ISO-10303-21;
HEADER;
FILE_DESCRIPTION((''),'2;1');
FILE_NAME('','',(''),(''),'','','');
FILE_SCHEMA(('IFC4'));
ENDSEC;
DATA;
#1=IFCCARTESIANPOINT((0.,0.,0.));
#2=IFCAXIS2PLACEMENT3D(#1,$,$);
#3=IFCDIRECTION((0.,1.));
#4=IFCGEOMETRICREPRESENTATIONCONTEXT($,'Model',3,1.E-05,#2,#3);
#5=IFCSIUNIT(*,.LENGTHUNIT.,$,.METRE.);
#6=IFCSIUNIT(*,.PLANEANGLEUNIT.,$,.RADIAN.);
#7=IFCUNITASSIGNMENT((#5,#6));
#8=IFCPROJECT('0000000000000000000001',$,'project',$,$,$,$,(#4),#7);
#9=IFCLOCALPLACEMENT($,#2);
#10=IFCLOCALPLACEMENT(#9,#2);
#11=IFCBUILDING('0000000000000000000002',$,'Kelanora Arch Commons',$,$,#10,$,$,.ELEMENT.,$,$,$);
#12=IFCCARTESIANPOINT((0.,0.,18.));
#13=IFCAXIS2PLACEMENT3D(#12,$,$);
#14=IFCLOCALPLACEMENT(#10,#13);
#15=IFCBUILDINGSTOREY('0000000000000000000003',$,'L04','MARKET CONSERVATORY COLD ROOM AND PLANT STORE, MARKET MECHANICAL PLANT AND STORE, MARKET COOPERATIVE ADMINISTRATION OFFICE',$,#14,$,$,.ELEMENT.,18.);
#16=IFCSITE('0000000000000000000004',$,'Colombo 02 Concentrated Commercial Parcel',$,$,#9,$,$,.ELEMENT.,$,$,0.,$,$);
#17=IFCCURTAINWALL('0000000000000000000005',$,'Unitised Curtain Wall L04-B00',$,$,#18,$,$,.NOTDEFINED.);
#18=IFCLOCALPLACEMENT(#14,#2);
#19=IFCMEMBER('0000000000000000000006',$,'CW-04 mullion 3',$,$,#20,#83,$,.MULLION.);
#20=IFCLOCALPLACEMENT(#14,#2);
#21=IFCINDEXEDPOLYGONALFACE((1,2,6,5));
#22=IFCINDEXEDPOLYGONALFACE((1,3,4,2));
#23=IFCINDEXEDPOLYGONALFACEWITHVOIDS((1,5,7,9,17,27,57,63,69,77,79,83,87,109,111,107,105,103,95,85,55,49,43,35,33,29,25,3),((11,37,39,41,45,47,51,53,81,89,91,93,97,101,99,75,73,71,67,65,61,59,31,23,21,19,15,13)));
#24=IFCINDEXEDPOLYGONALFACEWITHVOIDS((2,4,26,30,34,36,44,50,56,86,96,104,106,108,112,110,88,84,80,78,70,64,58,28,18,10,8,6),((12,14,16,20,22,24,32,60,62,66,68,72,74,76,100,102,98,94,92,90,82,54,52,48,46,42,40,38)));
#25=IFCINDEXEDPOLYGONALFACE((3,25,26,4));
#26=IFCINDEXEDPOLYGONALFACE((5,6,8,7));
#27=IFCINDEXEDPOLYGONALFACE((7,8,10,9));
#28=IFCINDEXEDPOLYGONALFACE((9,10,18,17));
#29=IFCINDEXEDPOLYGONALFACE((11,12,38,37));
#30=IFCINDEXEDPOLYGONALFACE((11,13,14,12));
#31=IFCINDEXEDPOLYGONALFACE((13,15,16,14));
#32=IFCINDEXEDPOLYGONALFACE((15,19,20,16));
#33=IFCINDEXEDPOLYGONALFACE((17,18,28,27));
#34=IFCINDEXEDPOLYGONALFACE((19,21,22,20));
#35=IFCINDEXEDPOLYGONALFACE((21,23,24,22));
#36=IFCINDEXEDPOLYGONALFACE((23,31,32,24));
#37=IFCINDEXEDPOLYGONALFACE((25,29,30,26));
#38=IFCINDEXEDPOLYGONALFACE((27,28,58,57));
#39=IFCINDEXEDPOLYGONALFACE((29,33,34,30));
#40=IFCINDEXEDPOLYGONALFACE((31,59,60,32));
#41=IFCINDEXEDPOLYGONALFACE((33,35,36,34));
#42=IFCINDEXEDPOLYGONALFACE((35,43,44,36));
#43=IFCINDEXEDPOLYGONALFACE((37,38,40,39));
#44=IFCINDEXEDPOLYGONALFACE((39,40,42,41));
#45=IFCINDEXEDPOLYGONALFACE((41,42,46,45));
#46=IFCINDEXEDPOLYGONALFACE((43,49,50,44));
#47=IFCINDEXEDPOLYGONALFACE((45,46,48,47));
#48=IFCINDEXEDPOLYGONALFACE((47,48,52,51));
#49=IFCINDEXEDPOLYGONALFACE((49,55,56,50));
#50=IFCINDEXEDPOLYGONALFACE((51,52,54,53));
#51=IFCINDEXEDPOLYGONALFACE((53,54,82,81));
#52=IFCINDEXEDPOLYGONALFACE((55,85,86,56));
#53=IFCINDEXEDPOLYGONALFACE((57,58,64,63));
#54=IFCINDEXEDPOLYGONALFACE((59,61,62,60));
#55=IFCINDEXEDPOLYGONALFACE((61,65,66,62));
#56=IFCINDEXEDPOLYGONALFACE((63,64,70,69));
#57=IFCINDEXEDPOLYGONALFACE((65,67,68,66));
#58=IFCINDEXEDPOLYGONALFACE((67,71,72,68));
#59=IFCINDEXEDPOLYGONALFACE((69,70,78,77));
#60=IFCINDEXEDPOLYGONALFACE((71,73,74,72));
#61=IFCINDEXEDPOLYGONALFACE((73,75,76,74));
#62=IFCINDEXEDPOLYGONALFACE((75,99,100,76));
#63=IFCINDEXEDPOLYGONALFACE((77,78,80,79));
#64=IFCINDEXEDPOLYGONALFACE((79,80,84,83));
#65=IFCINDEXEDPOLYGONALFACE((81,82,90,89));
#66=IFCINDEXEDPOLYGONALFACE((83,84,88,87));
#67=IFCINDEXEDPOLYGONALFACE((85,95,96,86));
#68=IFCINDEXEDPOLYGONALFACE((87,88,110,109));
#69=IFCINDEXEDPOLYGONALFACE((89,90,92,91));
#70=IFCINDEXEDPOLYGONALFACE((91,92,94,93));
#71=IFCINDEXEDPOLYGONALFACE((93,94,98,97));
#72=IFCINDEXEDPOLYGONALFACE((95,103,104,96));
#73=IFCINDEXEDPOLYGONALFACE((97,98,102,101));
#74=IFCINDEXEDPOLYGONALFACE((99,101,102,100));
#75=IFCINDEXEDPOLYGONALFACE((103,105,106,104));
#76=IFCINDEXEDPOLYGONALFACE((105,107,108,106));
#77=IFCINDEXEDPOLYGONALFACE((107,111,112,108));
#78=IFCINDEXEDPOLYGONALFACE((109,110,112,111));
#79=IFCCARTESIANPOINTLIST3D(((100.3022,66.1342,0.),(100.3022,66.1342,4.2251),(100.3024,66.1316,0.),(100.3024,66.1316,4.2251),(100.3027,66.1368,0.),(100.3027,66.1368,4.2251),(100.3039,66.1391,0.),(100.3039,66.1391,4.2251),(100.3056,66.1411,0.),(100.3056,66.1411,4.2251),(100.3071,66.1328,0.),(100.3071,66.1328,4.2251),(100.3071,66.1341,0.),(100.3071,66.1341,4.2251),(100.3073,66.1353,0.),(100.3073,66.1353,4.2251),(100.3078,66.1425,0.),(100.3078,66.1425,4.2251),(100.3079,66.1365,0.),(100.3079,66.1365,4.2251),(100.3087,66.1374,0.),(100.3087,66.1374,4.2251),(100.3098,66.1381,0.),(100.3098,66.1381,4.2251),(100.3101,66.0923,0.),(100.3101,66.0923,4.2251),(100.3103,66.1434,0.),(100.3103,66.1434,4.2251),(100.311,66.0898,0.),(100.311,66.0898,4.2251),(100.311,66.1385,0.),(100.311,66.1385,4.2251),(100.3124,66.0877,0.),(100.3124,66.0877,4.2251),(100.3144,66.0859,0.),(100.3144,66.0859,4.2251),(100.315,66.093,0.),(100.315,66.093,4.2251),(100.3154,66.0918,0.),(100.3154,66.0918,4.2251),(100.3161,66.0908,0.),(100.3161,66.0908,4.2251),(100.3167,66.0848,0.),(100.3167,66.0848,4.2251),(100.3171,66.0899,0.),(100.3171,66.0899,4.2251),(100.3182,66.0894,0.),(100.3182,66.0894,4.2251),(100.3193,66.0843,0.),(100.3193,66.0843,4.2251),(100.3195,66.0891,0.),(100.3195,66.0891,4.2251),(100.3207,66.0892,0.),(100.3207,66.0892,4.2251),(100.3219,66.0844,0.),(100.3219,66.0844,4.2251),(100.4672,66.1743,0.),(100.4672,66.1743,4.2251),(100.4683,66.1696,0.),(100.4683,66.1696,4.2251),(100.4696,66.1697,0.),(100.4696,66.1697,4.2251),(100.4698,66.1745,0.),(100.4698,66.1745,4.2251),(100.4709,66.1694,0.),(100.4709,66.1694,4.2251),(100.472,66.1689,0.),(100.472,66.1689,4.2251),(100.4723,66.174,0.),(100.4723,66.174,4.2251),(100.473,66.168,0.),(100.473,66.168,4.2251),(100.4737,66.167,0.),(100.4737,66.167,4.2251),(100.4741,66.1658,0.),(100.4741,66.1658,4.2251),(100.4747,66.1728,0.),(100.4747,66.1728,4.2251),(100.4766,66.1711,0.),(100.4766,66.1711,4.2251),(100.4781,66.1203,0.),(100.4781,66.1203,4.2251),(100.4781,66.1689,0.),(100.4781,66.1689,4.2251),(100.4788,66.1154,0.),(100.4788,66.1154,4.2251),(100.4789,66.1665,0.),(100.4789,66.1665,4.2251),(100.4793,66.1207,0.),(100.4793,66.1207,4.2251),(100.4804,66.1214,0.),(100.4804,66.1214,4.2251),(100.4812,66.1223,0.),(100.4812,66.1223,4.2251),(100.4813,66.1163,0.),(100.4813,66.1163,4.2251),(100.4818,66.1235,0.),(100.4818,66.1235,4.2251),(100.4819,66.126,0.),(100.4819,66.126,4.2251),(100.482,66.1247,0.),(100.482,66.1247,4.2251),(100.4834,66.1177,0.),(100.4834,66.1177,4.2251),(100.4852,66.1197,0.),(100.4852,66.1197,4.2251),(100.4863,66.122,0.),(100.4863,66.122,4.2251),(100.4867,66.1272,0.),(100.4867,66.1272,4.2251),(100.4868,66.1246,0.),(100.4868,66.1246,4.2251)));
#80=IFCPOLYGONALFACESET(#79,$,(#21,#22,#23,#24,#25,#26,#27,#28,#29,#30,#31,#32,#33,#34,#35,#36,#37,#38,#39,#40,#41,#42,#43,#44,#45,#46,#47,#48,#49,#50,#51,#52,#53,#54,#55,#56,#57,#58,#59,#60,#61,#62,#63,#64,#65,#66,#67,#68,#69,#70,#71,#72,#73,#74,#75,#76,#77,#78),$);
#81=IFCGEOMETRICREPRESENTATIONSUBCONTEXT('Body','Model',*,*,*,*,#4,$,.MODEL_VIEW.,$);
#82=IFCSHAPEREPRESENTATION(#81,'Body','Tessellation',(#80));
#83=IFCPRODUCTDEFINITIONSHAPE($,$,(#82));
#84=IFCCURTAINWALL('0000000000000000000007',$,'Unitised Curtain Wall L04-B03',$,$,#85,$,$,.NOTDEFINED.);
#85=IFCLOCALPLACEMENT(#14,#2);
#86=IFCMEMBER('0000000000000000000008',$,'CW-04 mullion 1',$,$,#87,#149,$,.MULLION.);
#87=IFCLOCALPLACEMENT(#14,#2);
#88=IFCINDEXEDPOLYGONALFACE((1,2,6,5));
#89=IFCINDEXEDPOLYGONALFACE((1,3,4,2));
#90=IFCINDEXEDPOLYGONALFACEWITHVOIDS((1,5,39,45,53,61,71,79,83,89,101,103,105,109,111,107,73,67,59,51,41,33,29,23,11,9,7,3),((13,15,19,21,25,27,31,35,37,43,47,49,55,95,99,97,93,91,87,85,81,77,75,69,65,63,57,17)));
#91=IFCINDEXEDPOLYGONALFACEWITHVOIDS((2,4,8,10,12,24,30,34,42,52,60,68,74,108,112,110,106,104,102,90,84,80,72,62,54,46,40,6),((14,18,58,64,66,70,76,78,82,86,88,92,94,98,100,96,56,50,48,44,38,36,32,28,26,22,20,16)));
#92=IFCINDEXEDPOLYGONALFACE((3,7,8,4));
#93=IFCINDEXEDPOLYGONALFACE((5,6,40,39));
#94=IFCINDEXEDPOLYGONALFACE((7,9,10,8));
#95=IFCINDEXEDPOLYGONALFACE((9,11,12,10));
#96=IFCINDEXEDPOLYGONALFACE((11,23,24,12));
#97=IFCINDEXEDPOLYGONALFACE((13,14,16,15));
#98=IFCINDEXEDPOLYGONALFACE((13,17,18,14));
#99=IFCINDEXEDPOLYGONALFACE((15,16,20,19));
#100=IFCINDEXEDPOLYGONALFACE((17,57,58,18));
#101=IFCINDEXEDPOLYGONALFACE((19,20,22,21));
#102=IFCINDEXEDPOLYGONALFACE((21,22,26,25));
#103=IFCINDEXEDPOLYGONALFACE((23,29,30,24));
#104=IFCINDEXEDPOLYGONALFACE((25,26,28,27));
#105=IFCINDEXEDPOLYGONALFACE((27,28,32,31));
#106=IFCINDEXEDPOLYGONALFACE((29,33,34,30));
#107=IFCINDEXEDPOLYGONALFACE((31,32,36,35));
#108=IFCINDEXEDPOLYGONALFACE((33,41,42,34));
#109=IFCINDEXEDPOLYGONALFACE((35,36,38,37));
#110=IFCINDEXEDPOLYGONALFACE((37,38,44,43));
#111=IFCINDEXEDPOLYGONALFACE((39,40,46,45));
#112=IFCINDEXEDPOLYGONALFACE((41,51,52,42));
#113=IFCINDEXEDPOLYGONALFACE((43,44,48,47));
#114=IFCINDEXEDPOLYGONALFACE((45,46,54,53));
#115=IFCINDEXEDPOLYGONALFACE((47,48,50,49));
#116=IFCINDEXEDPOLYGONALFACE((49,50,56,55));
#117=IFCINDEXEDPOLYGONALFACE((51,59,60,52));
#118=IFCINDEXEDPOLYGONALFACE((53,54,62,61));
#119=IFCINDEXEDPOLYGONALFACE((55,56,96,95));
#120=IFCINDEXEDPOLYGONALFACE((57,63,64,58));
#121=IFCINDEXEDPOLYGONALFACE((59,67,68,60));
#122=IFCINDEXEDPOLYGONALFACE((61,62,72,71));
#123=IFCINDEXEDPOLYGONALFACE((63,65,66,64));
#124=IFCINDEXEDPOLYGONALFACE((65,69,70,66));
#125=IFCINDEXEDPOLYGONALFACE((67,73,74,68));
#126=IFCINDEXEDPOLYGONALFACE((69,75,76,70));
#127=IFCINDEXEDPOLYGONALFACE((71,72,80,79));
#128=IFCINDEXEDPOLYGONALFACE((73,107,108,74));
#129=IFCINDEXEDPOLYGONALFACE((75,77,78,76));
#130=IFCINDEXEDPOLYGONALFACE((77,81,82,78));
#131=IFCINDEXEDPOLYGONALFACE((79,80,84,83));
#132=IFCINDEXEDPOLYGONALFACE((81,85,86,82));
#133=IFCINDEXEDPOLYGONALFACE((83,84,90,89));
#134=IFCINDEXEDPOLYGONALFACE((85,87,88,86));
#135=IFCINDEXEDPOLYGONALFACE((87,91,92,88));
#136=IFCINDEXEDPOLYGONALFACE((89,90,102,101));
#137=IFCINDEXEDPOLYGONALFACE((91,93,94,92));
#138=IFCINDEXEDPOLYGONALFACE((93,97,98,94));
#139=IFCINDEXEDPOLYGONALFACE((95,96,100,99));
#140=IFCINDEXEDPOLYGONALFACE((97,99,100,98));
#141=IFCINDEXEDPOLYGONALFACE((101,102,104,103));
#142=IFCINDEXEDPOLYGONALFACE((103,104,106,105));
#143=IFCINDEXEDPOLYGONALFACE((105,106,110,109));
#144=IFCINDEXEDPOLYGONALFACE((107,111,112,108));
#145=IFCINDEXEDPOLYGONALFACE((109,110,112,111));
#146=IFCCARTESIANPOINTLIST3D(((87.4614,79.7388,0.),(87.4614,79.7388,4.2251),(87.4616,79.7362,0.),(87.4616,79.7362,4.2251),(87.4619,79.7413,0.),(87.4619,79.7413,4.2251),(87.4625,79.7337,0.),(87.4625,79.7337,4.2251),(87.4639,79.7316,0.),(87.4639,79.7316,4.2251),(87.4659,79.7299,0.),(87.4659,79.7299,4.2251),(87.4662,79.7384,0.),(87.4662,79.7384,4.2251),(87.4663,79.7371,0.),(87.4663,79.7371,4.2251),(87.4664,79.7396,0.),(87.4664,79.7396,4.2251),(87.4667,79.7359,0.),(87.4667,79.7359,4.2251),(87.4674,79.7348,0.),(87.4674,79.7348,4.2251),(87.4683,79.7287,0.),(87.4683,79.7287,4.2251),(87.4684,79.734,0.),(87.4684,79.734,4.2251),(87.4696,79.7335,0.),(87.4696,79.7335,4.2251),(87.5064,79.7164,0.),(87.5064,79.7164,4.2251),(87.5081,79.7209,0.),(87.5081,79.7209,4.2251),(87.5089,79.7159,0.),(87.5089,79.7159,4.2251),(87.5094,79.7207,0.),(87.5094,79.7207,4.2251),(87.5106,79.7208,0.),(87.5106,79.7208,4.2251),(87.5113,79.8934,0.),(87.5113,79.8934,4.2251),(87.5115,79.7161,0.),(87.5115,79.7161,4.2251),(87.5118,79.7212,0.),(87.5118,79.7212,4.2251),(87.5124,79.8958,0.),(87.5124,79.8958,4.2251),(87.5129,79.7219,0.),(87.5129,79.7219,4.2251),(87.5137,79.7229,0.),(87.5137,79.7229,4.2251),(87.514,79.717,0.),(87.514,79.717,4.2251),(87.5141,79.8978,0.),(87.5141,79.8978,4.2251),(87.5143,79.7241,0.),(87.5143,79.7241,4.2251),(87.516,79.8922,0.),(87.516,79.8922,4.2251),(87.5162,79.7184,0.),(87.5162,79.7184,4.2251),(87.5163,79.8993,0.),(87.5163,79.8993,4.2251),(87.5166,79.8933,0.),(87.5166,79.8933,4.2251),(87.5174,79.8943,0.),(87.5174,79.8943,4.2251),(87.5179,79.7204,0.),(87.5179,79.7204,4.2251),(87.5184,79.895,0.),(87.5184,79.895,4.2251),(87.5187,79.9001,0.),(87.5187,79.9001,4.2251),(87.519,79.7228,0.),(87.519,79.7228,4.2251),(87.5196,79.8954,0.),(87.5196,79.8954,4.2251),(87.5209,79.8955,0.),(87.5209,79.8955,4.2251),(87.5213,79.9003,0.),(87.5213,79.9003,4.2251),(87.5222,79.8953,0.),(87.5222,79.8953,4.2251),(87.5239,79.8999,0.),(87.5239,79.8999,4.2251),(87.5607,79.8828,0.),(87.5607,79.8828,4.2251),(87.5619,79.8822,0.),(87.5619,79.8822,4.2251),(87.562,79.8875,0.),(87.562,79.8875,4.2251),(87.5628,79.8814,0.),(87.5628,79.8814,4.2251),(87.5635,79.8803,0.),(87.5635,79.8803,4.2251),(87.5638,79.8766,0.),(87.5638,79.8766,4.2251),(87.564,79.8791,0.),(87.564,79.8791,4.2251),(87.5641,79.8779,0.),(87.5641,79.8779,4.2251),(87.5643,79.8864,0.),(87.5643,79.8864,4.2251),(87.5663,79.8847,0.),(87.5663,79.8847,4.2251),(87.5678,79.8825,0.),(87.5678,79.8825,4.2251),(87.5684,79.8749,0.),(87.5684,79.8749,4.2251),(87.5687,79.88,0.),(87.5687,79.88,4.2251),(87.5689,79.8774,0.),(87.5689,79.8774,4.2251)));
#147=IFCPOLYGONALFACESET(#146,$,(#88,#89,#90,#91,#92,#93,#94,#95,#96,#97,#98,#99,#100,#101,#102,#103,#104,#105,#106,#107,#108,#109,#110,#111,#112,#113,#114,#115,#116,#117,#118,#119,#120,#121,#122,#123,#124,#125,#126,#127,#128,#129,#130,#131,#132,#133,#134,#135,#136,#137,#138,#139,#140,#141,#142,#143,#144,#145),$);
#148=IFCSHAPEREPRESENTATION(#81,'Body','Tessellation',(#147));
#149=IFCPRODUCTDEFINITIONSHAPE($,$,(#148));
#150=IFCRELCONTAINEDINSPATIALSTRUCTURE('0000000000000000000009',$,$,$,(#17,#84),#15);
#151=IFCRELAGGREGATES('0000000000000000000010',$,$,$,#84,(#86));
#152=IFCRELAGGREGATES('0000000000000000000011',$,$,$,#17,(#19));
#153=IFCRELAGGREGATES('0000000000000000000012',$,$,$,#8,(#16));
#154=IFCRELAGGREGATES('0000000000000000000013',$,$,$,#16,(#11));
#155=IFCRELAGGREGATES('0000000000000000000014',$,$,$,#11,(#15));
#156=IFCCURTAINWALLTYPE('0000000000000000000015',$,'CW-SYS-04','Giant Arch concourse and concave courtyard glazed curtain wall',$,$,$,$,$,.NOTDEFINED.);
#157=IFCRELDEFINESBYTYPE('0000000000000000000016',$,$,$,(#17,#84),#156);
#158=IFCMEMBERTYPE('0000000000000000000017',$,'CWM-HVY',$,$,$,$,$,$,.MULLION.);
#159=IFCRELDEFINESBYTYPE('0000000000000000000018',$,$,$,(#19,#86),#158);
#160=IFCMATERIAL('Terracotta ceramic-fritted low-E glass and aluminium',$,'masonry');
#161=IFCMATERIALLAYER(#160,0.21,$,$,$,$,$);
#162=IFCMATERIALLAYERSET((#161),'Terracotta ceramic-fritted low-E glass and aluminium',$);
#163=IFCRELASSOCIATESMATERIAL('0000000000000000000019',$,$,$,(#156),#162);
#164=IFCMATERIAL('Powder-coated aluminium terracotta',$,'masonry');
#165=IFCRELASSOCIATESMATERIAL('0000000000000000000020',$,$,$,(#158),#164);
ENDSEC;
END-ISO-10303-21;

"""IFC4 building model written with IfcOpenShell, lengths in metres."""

from ifc_helpers import new_model, si_unit, direction, frame, origin, origin_2d, place, context, subcontext, project, spatial, hollow_rectangle, extrude, material, layer, layer_set, material_profile, profile_set, type_object, element, aggregate, save


model = new_model("IFC4")

# Units and contexts
model_context = context("Model", 3, precision=1e-05, world=origin(), true_north=direction((0.0, 1.0)))
body_context = subcontext(model_context, "Body", "Model", "MODEL_VIEW")
ifc_project = project(units=[si_unit("LENGTHUNIT", "METRE"), si_unit("PLANEANGLEUNIT", "RADIAN")], contexts=[model_context])

# Site, building, storey
site_placement = place(None, origin())
site = spatial("IfcSite", under=ifc_project, at=site_placement, Name="Colombo 02 Concentrated Commercial Parcel", CompositionType="ELEMENT", RefElevation=0.0)
building_placement = place(site_placement, origin())
building = spatial("IfcBuilding", under=site, at=building_placement, Name="Kelanora Arch Commons", CompositionType="ELEMENT")
storey_placement = place(building_placement, frame((0.0, 0.0, 18.0)))
storey = spatial("IfcBuildingStorey", under=building, at=storey_placement, Name="L04", Description="MARKET CONSERVATORY COLD ROOM AND PLANT STORE, MARKET MECHANICAL PLANT AND STORE, MARKET COOPERATIVE ADMINISTRATION OFFICE", CompositionType="ELEMENT", Elevation=18.0)

# Curtain wall, member
ifc_material_1 = material(Name="Terracotta ceramic-fritted low-E glass and aluminium", Category="masonry")
ifc_layer_1 = layer(ifc_material_1, 0.21)
ifc_layer_set_1 = layer_set([ifc_layer_1], Name="Terracotta ceramic-fritted low-E glass and aluminium")
curtain_wall_type = type_object("IfcCurtainWallType", Name="CW-SYS-04", Description="Giant Arch concourse and concave courtyard glazed curtain wall", PredefinedType="NOTDEFINED", material=ifc_layer_set_1)
curtain_wall_1_placement = place(storey_placement, origin())
curtain_wall_1 = element("IfcCurtainWall", 1, at=curtain_wall_1_placement, inside=storey, type_object=curtain_wall_type, Name="Unitised Curtain Wall L04-B00", PredefinedType="NOTDEFINED")
ifc_material_2 = material(Name="Powder-coated aluminium terracotta", Category="masonry")
ifc_material_profile_1 = material_profile(ifc_material_2, hollow_rectangle(XDim=0.1799, YDim=0.0601, WallThickness=0.0049, InnerFilletRadius=0.0049, OuterFilletRadius=0.01, at=origin_2d()), Name="CWM180x60")
ifc_profile_set_1 = profile_set([ifc_material_profile_1], Name="Powder-coated aluminium terracotta")
member_type_1 = type_object("IfcMemberType", Name="CWM-HVY", PredefinedType="MULLION", material=ifc_profile_set_1)
member_1_placement = place(storey_placement, frame((100.3945, 66.1294, 0.0), z_axis=(0.0, 0.0, 1.0), x_axis=(-0.981054, -0.193737, 0.0)))
member_1 = element("IfcMember", 2, at=member_1_placement, type_object=member_type_1, Name="CW-04 mullion 3", PredefinedType="MULLION", context=body_context, shape_type="SweptSolid", body=[
    extrude(hollow_rectangle(XDim=0.1799, YDim=0.0601, WallThickness=0.0049, InnerFilletRadius=0.0049, OuterFilletRadius=0.01, at=origin_2d()), origin(), (0.0, 0.0, 1.0), 4.2251),
])

# Curtain wall, member
curtain_wall_2_placement = place(storey_placement, origin())
curtain_wall_2 = element("IfcCurtainWall", 3, at=curtain_wall_2_placement, inside=storey, type_object=curtain_wall_type, Name="Unitised Curtain Wall L04-B03", PredefinedType="NOTDEFINED")
member_2_placement = place(storey_placement, frame((87.5151, 79.8081, 0.0), z_axis=(0.0, 0.0, 1.0), x_axis=(-0.30907, -0.951039, 0.0)))
member_2 = element("IfcMember", 4, at=member_2_placement, type_object=member_type_1, Name="CW-04 mullion 1", PredefinedType="MULLION", context=body_context, shape_type="SweptSolid", body=[
    extrude(hollow_rectangle(XDim=0.1799, YDim=0.0601, WallThickness=0.0049, InnerFilletRadius=0.0049, OuterFilletRadius=0.01, at=origin_2d()), origin(), (0.0, 0.0, 1.0), 4.2251),
])
aggregate(curtain_wall_2, [member_2])

aggregate(curtain_wall_1, [member_1])

save(model, "model.ifc")
